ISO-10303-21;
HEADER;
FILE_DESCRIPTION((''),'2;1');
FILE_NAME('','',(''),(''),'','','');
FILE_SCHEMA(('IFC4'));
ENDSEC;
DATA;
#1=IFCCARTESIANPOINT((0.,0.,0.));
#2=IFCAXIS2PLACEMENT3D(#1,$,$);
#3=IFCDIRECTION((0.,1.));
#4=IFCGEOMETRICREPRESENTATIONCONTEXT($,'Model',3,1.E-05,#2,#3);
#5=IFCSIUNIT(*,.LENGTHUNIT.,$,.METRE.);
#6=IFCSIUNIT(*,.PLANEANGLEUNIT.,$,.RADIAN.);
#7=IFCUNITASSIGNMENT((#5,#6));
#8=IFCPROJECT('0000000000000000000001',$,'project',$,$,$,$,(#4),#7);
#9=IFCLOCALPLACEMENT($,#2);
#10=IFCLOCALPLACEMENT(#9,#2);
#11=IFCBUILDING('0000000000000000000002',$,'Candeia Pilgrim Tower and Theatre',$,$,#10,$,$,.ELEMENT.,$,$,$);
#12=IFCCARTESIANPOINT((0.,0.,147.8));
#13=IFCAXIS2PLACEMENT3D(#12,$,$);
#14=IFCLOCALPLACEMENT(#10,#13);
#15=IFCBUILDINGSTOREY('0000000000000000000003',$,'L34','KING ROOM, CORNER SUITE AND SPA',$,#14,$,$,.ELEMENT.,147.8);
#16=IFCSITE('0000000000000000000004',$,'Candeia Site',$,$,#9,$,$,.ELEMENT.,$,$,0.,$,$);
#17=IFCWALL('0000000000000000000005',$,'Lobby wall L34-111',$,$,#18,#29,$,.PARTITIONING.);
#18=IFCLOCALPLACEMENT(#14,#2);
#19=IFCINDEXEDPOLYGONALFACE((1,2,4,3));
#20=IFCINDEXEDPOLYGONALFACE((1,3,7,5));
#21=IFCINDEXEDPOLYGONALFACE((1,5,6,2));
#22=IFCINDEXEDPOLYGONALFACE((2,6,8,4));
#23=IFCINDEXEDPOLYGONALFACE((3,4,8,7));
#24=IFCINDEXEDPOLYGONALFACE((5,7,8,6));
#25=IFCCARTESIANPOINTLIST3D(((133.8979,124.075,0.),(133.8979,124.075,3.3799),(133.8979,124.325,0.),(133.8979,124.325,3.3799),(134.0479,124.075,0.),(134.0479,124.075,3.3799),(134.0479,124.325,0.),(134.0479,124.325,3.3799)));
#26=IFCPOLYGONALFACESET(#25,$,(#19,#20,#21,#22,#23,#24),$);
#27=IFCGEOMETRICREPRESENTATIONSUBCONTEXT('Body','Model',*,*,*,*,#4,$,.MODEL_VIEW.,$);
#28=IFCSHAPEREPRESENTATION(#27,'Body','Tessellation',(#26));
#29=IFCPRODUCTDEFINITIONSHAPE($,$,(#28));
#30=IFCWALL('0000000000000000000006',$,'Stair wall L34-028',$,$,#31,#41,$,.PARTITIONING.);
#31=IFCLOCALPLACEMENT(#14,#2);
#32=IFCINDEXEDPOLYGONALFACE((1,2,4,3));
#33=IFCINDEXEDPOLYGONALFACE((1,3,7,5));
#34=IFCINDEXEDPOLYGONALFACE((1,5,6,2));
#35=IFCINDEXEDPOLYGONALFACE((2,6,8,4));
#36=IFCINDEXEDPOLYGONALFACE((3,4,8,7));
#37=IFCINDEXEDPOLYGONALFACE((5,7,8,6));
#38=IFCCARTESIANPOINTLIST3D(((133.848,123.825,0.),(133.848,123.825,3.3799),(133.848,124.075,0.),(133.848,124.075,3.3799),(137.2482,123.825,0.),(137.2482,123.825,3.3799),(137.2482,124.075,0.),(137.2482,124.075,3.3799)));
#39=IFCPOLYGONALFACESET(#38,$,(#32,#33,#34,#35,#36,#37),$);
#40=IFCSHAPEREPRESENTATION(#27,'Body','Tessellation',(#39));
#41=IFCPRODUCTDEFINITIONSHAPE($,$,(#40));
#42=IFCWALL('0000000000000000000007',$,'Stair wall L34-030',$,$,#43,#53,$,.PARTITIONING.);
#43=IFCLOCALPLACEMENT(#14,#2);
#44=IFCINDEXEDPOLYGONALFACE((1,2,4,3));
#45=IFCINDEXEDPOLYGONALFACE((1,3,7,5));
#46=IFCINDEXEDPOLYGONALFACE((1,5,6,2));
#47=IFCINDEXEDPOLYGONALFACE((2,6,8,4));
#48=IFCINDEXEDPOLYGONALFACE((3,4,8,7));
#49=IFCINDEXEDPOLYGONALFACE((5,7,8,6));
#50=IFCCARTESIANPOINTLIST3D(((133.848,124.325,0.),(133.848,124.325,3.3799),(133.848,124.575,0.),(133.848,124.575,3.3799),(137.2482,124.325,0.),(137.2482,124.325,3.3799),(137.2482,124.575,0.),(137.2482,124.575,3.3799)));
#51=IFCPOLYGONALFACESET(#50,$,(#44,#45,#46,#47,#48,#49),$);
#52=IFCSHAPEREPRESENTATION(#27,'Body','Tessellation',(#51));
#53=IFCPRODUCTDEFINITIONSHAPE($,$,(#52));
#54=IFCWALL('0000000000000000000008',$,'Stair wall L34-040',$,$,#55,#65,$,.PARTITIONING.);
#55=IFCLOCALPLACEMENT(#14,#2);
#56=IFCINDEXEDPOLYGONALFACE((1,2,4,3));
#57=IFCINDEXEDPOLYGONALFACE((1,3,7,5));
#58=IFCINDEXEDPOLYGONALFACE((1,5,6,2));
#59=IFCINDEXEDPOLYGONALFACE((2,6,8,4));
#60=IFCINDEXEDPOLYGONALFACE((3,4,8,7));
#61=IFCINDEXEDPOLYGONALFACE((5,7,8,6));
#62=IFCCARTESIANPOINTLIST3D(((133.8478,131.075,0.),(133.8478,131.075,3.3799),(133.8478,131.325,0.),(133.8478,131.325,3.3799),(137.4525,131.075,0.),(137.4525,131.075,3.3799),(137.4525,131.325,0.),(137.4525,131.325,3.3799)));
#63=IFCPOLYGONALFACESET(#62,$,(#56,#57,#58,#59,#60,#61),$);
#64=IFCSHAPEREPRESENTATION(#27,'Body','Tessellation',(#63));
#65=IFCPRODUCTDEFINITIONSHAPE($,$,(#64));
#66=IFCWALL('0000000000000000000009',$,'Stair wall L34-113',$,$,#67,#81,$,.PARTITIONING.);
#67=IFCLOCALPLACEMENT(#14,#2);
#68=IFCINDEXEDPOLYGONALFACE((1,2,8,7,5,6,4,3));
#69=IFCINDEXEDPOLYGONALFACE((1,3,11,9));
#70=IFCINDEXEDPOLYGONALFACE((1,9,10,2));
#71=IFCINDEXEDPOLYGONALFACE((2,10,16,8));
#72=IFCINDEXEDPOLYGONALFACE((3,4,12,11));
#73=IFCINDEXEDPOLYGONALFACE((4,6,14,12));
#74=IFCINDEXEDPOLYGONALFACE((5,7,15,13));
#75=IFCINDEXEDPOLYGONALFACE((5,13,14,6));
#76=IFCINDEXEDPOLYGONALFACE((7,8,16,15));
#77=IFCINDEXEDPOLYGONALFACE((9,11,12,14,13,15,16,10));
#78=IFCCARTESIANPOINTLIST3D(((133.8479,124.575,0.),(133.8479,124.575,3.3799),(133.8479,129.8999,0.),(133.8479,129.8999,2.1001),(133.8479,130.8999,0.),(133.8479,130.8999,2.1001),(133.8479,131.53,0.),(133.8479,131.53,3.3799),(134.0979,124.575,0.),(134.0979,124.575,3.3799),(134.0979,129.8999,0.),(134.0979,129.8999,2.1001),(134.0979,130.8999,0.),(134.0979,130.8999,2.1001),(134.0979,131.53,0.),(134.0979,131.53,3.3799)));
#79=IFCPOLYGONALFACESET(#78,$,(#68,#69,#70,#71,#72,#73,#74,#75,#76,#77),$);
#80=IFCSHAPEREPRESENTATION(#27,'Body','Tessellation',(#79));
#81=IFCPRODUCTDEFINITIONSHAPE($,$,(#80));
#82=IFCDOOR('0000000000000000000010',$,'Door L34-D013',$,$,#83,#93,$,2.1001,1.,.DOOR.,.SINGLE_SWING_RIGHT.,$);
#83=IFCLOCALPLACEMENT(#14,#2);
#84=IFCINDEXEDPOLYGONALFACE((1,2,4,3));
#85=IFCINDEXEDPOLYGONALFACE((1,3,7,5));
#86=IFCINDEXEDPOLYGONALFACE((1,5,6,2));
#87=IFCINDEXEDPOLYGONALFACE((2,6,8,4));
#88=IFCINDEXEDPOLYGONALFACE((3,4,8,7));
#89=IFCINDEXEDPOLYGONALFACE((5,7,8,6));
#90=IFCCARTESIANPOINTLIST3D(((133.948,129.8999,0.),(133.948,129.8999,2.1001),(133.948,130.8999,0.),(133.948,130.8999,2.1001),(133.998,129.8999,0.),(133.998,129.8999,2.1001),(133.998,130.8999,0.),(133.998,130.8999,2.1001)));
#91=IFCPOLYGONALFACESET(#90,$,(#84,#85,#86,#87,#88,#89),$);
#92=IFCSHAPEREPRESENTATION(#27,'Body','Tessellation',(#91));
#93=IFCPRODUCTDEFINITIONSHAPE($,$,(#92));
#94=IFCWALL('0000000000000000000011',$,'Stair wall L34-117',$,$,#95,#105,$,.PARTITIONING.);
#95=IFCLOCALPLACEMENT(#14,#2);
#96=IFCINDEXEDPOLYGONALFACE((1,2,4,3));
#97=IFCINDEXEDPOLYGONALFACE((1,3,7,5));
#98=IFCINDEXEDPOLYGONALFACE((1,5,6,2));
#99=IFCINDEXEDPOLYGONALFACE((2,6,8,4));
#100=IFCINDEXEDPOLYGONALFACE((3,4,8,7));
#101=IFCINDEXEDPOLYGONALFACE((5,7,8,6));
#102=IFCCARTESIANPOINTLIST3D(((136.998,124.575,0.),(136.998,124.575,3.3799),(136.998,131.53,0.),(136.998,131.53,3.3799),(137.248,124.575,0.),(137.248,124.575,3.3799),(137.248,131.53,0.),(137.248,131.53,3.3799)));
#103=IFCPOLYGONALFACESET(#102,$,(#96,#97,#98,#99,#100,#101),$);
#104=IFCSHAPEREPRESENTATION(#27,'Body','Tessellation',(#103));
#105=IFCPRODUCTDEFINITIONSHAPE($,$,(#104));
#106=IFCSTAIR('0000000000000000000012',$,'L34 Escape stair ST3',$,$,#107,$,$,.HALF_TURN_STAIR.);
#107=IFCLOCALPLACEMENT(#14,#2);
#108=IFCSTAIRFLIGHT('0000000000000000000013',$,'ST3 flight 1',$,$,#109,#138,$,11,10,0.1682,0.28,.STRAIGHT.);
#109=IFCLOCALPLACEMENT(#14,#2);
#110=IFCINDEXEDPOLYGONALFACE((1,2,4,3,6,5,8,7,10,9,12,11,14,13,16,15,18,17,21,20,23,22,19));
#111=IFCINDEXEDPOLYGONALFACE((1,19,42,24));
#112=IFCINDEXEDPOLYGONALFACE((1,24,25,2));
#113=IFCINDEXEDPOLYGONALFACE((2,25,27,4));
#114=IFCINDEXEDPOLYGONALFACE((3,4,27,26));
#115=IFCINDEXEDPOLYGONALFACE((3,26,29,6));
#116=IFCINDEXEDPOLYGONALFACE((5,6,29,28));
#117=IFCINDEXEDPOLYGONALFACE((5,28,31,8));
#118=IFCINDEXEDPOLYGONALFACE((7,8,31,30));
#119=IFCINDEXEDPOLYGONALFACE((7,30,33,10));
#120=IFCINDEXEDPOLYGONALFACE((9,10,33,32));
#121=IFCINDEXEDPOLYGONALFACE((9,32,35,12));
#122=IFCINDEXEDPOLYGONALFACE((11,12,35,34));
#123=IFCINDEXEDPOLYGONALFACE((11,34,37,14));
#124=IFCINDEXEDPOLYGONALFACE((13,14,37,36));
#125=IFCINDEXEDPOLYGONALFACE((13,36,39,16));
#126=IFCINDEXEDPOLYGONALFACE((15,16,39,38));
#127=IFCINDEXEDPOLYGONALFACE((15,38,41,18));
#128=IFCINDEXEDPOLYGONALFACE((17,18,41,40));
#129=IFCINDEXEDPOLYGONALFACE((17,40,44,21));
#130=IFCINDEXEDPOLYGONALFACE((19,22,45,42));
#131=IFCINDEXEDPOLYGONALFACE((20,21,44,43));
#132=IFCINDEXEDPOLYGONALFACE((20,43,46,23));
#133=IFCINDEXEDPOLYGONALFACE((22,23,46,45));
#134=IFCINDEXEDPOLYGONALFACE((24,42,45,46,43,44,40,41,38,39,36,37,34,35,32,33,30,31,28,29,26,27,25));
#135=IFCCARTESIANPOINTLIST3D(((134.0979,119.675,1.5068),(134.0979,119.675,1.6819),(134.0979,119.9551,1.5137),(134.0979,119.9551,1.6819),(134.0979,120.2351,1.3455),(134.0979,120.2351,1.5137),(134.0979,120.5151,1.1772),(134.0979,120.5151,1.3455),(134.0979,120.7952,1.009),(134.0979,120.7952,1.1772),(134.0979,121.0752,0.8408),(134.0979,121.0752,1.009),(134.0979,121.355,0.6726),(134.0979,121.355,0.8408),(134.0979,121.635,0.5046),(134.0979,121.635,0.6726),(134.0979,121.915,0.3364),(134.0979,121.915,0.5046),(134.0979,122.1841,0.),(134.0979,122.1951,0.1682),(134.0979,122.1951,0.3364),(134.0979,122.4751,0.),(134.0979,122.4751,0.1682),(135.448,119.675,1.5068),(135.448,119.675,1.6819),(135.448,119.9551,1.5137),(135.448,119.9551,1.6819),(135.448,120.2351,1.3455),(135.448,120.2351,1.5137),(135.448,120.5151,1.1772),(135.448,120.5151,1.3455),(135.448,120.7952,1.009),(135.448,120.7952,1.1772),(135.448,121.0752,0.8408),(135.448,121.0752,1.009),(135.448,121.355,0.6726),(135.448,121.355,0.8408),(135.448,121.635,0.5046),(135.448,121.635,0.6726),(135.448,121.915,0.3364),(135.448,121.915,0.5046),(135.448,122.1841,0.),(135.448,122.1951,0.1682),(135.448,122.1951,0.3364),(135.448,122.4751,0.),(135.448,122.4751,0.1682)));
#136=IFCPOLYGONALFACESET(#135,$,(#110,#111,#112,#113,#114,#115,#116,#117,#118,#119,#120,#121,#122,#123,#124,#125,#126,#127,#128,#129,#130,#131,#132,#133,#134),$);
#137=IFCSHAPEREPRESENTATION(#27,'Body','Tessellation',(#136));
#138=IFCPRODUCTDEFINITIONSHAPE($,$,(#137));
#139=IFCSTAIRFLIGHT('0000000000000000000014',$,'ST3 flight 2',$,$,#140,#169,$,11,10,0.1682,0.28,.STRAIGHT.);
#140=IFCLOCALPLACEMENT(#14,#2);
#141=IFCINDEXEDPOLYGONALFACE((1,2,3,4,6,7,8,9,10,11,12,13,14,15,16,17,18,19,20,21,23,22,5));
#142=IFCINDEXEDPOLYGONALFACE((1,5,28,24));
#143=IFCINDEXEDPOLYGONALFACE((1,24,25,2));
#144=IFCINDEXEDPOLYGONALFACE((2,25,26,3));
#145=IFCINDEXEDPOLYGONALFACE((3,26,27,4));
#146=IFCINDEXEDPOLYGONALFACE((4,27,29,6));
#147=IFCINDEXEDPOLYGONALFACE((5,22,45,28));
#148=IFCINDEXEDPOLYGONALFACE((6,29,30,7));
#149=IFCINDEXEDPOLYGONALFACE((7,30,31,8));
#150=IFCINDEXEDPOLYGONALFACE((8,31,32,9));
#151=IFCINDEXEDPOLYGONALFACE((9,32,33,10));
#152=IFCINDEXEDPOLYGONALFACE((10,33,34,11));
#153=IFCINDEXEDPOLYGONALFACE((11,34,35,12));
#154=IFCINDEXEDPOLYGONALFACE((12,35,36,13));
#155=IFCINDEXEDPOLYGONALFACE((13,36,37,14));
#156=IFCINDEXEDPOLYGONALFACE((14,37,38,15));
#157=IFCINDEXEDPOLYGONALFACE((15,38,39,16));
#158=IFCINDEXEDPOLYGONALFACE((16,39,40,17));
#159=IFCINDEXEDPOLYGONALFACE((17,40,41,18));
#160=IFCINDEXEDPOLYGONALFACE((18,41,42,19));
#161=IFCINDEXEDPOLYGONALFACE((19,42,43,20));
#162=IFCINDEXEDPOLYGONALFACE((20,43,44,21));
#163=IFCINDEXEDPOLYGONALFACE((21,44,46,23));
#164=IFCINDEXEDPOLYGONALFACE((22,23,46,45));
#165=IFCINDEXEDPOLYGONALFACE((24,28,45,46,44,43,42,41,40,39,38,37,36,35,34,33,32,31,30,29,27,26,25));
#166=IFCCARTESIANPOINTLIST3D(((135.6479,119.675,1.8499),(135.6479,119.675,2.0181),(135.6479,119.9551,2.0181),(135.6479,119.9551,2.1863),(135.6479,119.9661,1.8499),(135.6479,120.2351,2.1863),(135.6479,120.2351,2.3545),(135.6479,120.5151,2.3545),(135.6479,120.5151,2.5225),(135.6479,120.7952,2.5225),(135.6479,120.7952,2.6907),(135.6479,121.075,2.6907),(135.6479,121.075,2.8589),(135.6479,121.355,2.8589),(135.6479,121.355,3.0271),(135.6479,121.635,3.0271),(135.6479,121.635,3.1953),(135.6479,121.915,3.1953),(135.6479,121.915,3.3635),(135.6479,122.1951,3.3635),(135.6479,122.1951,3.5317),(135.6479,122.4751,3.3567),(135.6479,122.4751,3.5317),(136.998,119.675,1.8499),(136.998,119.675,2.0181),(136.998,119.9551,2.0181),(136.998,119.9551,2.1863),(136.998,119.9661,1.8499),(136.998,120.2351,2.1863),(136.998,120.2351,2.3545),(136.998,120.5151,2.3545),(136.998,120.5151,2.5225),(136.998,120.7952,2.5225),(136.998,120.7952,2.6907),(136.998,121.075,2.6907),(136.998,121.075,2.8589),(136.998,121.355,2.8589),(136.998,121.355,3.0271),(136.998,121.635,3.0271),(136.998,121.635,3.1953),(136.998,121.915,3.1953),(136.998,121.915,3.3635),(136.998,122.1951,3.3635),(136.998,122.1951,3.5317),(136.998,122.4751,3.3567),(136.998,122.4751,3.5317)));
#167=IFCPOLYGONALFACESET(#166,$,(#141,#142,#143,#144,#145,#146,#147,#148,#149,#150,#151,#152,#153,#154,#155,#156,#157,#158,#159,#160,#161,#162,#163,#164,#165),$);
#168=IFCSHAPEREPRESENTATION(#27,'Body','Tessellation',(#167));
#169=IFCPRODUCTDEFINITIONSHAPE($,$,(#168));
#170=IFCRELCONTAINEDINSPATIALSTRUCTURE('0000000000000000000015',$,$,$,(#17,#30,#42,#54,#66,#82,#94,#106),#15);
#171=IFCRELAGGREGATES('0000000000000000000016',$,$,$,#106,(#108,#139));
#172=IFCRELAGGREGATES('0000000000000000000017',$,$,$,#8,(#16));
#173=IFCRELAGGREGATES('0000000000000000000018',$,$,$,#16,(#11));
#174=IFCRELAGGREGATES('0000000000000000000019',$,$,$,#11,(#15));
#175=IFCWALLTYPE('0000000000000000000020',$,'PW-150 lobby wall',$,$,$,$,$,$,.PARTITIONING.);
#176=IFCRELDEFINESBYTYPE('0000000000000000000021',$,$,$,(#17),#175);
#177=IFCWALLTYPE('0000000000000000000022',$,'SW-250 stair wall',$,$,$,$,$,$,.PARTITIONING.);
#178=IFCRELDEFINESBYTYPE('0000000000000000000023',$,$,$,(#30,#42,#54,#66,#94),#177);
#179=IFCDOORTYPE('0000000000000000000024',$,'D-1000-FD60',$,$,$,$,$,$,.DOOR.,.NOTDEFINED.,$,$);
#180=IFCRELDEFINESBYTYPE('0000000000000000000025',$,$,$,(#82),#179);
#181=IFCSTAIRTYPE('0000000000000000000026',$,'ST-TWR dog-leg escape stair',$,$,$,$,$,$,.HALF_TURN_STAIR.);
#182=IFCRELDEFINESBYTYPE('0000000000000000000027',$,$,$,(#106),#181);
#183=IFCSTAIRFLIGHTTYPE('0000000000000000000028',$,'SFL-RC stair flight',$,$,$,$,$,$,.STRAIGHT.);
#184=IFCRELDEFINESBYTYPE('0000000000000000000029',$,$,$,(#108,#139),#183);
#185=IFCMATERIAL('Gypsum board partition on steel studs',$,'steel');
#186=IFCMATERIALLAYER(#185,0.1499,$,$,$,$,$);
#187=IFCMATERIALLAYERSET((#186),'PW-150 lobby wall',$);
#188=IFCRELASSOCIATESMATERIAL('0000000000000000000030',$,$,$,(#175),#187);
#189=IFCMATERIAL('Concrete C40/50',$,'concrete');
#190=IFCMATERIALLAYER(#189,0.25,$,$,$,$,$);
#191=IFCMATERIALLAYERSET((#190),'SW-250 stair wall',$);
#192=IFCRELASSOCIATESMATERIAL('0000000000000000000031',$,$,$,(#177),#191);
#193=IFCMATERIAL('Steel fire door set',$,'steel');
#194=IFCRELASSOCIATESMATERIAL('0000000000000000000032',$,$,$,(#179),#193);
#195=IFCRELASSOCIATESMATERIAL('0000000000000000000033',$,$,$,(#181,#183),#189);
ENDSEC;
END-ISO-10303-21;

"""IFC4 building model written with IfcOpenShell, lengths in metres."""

from ifc_helpers import new_model, si_unit, direction, frame, frame_2d, origin, place, context, subcontext, project, spatial, polyline, rectangle, outline, extrude, material, layer, layer_set, type_object, element, fill, aggregate, save


model = new_model("IFC4")

# Units and contexts
model_context = context("Model", 3, precision=1e-05, world=origin(), true_north=direction((0.0, 1.0)))
body_context = subcontext(model_context, "Body", "Model", "MODEL_VIEW")
ifc_project = project(units=[si_unit("LENGTHUNIT", "METRE"), si_unit("PLANEANGLEUNIT", "RADIAN")], contexts=[model_context])

# Site, building, storey
site_placement = place(None, origin())
site = spatial("IfcSite", under=ifc_project, at=site_placement, Name="Candeia Site", CompositionType="ELEMENT", RefElevation=0.0)
building_placement = place(site_placement, origin())
building = spatial("IfcBuilding", under=site, at=building_placement, Name="Candeia Pilgrim Tower and Theatre", CompositionType="ELEMENT")
storey_placement = place(building_placement, frame((0.0, 0.0, 147.8)))
storey = spatial("IfcBuildingStorey", under=building, at=storey_placement, Name="L34", Description="KING ROOM, CORNER SUITE AND SPA", CompositionType="ELEMENT", Elevation=147.8)

# Walls
ifc_material_1 = material(Name="Gypsum board partition on steel studs", Category="steel")
ifc_layer_1 = layer(ifc_material_1, 0.1499)
ifc_layer_set_1 = layer_set([ifc_layer_1], Name="PW-150 lobby wall")
wall_type_1 = type_object("IfcWallType", Name="PW-150 lobby wall", PredefinedType="PARTITIONING", material=ifc_layer_set_1)
wall_1_placement = place(storey_placement, frame((133.9729, 124.075, 0.0), z_axis=(0.0, 0.0, 1.0), x_axis=(0.0, 1.0, 0.0)))
element("IfcWall", 1, at=wall_1_placement, inside=storey, type_object=wall_type_1, Name="Lobby wall L34-111", PredefinedType="PARTITIONING", context=body_context, shape_type="SweptSolid", body=[
    extrude(rectangle(XDim=0.25, YDim=0.1499, at=frame_2d((0.125, 0.0))), origin(), (0.0, 0.0, 1.0), 3.3799),
])
ifc_material_2 = material(Name="Concrete C40/50", Category="concrete")
ifc_layer_2 = layer(ifc_material_2, 0.25)
ifc_layer_set_2 = layer_set([ifc_layer_2], Name="SW-250 stair wall")
wall_type_2 = type_object("IfcWallType", Name="SW-250 stair wall", PredefinedType="PARTITIONING", material=ifc_layer_set_2)
for number, where, z_axis, x_axis, name in (
    (2, (133.8479, 123.95, 0.0), (0.0, 0.0, 1.0), (1.0, 0.0, 0.0), "Stair wall L34-028"),
    (3, (133.8479, 124.45, 0.0), (0.0, 0.0, 1.0), (1.0, 0.0, 0.0), "Stair wall L34-030"),
):
    element("IfcWall", number, at=place(storey_placement, frame(where, z_axis=z_axis, x_axis=x_axis)), inside=storey, type_object=wall_type_2, Name=name, PredefinedType="PARTITIONING", context=body_context, shape_type="SweptSolid", body=[
        extrude(rectangle(XDim=3.4001, YDim=0.25, at=frame_2d((1.7002, 0.0))), origin(), (0.0, 0.0, 1.0), 3.3799),
    ])
wall_2_placement = place(storey_placement, frame((133.8479, 131.2, 0.0), z_axis=(0.0, 0.0, 1.0), x_axis=(1.0, 0.0, 0.0)))
element("IfcWall", 4, at=wall_2_placement, inside=storey, type_object=wall_type_2, Name="Stair wall L34-040", PredefinedType="PARTITIONING", context=body_context, shape_type="SweptSolid", body=[
    extrude(rectangle(XDim=3.6047, YDim=0.25, at=frame_2d((1.8022, 0.0))), origin(), (0.0, 0.0, 1.0), 3.3799),
])

# Wall, opening, door
wall_3_placement = place(storey_placement, frame((133.9729, 124.575, 0.0), z_axis=(0.0, 0.0, 1.0), x_axis=(0.0, 1.0, 0.0)))
wall_3 = element("IfcWall", 5, at=wall_3_placement, inside=storey, type_object=wall_type_2, Name="Stair wall L34-113", PredefinedType="PARTITIONING", context=body_context, shape_type="SweptSolid", body=[
    extrude(rectangle(XDim=6.9551, YDim=0.25, at=frame_2d((3.4775, 0.0))), origin(), (0.0, 0.0, 1.0), 3.3799),
])
opening_placement = place(wall_3_placement, frame((5.325, 0.0, 0.0)))
opening = element("IfcOpeningElement", 6, at=opening_placement, cuts=wall_3, PredefinedType="OPENING", context=body_context, shape_type="SweptSolid", body=[
    extrude(rectangle(XDim=1.0, YDim=2.1001, at=frame_2d((0.5, 1.05))), frame((0.0, 0.135, 0.0), z_axis=(0.0, -1.0, 0.0), x_axis=(1.0, 0.0, 0.0)), (0.0, 0.0, 1.0), 0.27),
])
ifc_material_3 = material(Name="Steel fire door set", Category="steel")
door_type = type_object("IfcDoorType", Name="D-1000-FD60", OperationType="NOTDEFINED", PredefinedType="DOOR", material=ifc_material_3)
door_placement = place(opening_placement, origin())
door = element("IfcDoor", 7, at=door_placement, inside=storey, type_object=door_type, Name="Door L34-D013", OperationType="SINGLE_SWING_RIGHT", OverallHeight=2.1001, OverallWidth=1.0, PredefinedType="DOOR", context=body_context, shape_type="SweptSolid", body=[
    extrude(rectangle(XDim=1.0, YDim=2.1001, at=frame_2d((0.5, 1.05))), frame((0.0, 0.0249, 0.0), z_axis=(0.0, -1.0, 0.0), x_axis=(1.0, 0.0, 0.0)), (0.0, 0.0, 1.0), 0.05),
])
fill(opening, door)

# Wall
wall_4_placement = place(storey_placement, frame((137.123, 124.575, 0.0), z_axis=(0.0, 0.0, 1.0), x_axis=(0.0, 1.0, 0.0)))
element("IfcWall", 8, at=wall_4_placement, inside=storey, type_object=wall_type_2, Name="Stair wall L34-117", PredefinedType="PARTITIONING", context=body_context, shape_type="SweptSolid", body=[
    extrude(rectangle(XDim=6.9551, YDim=0.25, at=frame_2d((3.4775, 0.0))), origin(), (0.0, 0.0, 1.0), 3.3799),
])

# Stair, stair flights
stair_type = type_object("IfcStairType", Name="ST-TWR dog-leg escape stair", PredefinedType="HALF_TURN_STAIR", material=ifc_material_2)
stair_1_placement = place(storey_placement, origin())
stair_1 = element("IfcStair", 9, at=stair_1_placement, inside=storey, type_object=stair_type, Name="L34 Escape stair ST3", PredefinedType="HALF_TURN_STAIR")
stair_flight_type = type_object("IfcStairFlightType", Name="SFL-RC stair flight", PredefinedType="STRAIGHT", material=ifc_material_2)
stair_flight_1_placement = place(storey_placement, frame((134.7729, 122.4751, 0.0), z_axis=(0.0, 0.0, 1.0), x_axis=(0.0, -1.0, 0.0)))
stair_flight_1 = element("IfcStairFlight", 10, at=stair_flight_1_placement, type_object=stair_flight_type, Name="ST3 flight 1", NumberOfRisers=11, NumberOfTreads=10, PredefinedType="STRAIGHT", RiserHeight=0.1682, TreadLength=0.28, context=body_context, shape_type="SweptSolid", body=[
    extrude(outline(polyline([(0.0, 0.0), (0.0, 0.1682), (0.28, 0.1682), (0.28, 0.3364), (0.5601, 0.3364), (0.5601, 0.5046), (0.8401, 0.5046), (0.8401, 0.6726), (1.1201, 0.6726), (1.1201, 0.8408), (1.3999, 0.8408), (1.3999, 1.009), (1.6799, 1.009), (1.6799, 1.1772), (1.96, 1.1772), (1.96, 1.3455), (2.24, 1.3455), (2.24, 1.5137), (2.52, 1.5137), (2.52, 1.6819), (2.8, 1.6819), (2.8, 1.8501), (2.8, 1.5068), (0.291, 0.0), (0.0, 0.0)])), frame((0.0, 0.675, 0.0), z_axis=(0.0, -1.0, 0.0), x_axis=(1.0, 0.0, 0.0)), (0.0, 0.0, 1.0), 1.3501),
])
stair_flight_2_placement = place(storey_placement, frame((136.323, 119.675, 1.8499), z_axis=(0.0, 0.0, 1.0), x_axis=(0.0, 1.0, 0.0)))
stair_flight_2 = element("IfcStairFlight", 11, at=stair_flight_2_placement, type_object=stair_flight_type, Name="ST3 flight 2", NumberOfRisers=11, NumberOfTreads=10, PredefinedType="STRAIGHT", RiserHeight=0.1682, TreadLength=0.28, context=body_context, shape_type="SweptSolid", body=[
    extrude(outline(polyline([(0.0, 0.0), (0.0, 0.1682), (0.28, 0.1682), (0.28, 0.3364), (0.5601, 0.3364), (0.5601, 0.5046), (0.8401, 0.5046), (0.8401, 0.6726), (1.1201, 0.6726), (1.1201, 0.8408), (1.3999, 0.8408), (1.3999, 1.009), (1.6799, 1.009), (1.6799, 1.1772), (1.96, 1.1772), (1.96, 1.3455), (2.24, 1.3455), (2.24, 1.5137), (2.52, 1.5137), (2.52, 1.6819), (2.8, 1.6819), (2.8, 1.8501), (2.8, 1.5068), (0.291, 0.0), (0.0, 0.0)])), frame((0.0, 0.675, 0.0), z_axis=(0.0, -1.0, 0.0), x_axis=(1.0, 0.0, 0.0)), (0.0, 0.0, 1.0), 1.3501),
])
aggregate(stair_1, [stair_flight_1, stair_flight_2])

save(model, "model.ifc")
